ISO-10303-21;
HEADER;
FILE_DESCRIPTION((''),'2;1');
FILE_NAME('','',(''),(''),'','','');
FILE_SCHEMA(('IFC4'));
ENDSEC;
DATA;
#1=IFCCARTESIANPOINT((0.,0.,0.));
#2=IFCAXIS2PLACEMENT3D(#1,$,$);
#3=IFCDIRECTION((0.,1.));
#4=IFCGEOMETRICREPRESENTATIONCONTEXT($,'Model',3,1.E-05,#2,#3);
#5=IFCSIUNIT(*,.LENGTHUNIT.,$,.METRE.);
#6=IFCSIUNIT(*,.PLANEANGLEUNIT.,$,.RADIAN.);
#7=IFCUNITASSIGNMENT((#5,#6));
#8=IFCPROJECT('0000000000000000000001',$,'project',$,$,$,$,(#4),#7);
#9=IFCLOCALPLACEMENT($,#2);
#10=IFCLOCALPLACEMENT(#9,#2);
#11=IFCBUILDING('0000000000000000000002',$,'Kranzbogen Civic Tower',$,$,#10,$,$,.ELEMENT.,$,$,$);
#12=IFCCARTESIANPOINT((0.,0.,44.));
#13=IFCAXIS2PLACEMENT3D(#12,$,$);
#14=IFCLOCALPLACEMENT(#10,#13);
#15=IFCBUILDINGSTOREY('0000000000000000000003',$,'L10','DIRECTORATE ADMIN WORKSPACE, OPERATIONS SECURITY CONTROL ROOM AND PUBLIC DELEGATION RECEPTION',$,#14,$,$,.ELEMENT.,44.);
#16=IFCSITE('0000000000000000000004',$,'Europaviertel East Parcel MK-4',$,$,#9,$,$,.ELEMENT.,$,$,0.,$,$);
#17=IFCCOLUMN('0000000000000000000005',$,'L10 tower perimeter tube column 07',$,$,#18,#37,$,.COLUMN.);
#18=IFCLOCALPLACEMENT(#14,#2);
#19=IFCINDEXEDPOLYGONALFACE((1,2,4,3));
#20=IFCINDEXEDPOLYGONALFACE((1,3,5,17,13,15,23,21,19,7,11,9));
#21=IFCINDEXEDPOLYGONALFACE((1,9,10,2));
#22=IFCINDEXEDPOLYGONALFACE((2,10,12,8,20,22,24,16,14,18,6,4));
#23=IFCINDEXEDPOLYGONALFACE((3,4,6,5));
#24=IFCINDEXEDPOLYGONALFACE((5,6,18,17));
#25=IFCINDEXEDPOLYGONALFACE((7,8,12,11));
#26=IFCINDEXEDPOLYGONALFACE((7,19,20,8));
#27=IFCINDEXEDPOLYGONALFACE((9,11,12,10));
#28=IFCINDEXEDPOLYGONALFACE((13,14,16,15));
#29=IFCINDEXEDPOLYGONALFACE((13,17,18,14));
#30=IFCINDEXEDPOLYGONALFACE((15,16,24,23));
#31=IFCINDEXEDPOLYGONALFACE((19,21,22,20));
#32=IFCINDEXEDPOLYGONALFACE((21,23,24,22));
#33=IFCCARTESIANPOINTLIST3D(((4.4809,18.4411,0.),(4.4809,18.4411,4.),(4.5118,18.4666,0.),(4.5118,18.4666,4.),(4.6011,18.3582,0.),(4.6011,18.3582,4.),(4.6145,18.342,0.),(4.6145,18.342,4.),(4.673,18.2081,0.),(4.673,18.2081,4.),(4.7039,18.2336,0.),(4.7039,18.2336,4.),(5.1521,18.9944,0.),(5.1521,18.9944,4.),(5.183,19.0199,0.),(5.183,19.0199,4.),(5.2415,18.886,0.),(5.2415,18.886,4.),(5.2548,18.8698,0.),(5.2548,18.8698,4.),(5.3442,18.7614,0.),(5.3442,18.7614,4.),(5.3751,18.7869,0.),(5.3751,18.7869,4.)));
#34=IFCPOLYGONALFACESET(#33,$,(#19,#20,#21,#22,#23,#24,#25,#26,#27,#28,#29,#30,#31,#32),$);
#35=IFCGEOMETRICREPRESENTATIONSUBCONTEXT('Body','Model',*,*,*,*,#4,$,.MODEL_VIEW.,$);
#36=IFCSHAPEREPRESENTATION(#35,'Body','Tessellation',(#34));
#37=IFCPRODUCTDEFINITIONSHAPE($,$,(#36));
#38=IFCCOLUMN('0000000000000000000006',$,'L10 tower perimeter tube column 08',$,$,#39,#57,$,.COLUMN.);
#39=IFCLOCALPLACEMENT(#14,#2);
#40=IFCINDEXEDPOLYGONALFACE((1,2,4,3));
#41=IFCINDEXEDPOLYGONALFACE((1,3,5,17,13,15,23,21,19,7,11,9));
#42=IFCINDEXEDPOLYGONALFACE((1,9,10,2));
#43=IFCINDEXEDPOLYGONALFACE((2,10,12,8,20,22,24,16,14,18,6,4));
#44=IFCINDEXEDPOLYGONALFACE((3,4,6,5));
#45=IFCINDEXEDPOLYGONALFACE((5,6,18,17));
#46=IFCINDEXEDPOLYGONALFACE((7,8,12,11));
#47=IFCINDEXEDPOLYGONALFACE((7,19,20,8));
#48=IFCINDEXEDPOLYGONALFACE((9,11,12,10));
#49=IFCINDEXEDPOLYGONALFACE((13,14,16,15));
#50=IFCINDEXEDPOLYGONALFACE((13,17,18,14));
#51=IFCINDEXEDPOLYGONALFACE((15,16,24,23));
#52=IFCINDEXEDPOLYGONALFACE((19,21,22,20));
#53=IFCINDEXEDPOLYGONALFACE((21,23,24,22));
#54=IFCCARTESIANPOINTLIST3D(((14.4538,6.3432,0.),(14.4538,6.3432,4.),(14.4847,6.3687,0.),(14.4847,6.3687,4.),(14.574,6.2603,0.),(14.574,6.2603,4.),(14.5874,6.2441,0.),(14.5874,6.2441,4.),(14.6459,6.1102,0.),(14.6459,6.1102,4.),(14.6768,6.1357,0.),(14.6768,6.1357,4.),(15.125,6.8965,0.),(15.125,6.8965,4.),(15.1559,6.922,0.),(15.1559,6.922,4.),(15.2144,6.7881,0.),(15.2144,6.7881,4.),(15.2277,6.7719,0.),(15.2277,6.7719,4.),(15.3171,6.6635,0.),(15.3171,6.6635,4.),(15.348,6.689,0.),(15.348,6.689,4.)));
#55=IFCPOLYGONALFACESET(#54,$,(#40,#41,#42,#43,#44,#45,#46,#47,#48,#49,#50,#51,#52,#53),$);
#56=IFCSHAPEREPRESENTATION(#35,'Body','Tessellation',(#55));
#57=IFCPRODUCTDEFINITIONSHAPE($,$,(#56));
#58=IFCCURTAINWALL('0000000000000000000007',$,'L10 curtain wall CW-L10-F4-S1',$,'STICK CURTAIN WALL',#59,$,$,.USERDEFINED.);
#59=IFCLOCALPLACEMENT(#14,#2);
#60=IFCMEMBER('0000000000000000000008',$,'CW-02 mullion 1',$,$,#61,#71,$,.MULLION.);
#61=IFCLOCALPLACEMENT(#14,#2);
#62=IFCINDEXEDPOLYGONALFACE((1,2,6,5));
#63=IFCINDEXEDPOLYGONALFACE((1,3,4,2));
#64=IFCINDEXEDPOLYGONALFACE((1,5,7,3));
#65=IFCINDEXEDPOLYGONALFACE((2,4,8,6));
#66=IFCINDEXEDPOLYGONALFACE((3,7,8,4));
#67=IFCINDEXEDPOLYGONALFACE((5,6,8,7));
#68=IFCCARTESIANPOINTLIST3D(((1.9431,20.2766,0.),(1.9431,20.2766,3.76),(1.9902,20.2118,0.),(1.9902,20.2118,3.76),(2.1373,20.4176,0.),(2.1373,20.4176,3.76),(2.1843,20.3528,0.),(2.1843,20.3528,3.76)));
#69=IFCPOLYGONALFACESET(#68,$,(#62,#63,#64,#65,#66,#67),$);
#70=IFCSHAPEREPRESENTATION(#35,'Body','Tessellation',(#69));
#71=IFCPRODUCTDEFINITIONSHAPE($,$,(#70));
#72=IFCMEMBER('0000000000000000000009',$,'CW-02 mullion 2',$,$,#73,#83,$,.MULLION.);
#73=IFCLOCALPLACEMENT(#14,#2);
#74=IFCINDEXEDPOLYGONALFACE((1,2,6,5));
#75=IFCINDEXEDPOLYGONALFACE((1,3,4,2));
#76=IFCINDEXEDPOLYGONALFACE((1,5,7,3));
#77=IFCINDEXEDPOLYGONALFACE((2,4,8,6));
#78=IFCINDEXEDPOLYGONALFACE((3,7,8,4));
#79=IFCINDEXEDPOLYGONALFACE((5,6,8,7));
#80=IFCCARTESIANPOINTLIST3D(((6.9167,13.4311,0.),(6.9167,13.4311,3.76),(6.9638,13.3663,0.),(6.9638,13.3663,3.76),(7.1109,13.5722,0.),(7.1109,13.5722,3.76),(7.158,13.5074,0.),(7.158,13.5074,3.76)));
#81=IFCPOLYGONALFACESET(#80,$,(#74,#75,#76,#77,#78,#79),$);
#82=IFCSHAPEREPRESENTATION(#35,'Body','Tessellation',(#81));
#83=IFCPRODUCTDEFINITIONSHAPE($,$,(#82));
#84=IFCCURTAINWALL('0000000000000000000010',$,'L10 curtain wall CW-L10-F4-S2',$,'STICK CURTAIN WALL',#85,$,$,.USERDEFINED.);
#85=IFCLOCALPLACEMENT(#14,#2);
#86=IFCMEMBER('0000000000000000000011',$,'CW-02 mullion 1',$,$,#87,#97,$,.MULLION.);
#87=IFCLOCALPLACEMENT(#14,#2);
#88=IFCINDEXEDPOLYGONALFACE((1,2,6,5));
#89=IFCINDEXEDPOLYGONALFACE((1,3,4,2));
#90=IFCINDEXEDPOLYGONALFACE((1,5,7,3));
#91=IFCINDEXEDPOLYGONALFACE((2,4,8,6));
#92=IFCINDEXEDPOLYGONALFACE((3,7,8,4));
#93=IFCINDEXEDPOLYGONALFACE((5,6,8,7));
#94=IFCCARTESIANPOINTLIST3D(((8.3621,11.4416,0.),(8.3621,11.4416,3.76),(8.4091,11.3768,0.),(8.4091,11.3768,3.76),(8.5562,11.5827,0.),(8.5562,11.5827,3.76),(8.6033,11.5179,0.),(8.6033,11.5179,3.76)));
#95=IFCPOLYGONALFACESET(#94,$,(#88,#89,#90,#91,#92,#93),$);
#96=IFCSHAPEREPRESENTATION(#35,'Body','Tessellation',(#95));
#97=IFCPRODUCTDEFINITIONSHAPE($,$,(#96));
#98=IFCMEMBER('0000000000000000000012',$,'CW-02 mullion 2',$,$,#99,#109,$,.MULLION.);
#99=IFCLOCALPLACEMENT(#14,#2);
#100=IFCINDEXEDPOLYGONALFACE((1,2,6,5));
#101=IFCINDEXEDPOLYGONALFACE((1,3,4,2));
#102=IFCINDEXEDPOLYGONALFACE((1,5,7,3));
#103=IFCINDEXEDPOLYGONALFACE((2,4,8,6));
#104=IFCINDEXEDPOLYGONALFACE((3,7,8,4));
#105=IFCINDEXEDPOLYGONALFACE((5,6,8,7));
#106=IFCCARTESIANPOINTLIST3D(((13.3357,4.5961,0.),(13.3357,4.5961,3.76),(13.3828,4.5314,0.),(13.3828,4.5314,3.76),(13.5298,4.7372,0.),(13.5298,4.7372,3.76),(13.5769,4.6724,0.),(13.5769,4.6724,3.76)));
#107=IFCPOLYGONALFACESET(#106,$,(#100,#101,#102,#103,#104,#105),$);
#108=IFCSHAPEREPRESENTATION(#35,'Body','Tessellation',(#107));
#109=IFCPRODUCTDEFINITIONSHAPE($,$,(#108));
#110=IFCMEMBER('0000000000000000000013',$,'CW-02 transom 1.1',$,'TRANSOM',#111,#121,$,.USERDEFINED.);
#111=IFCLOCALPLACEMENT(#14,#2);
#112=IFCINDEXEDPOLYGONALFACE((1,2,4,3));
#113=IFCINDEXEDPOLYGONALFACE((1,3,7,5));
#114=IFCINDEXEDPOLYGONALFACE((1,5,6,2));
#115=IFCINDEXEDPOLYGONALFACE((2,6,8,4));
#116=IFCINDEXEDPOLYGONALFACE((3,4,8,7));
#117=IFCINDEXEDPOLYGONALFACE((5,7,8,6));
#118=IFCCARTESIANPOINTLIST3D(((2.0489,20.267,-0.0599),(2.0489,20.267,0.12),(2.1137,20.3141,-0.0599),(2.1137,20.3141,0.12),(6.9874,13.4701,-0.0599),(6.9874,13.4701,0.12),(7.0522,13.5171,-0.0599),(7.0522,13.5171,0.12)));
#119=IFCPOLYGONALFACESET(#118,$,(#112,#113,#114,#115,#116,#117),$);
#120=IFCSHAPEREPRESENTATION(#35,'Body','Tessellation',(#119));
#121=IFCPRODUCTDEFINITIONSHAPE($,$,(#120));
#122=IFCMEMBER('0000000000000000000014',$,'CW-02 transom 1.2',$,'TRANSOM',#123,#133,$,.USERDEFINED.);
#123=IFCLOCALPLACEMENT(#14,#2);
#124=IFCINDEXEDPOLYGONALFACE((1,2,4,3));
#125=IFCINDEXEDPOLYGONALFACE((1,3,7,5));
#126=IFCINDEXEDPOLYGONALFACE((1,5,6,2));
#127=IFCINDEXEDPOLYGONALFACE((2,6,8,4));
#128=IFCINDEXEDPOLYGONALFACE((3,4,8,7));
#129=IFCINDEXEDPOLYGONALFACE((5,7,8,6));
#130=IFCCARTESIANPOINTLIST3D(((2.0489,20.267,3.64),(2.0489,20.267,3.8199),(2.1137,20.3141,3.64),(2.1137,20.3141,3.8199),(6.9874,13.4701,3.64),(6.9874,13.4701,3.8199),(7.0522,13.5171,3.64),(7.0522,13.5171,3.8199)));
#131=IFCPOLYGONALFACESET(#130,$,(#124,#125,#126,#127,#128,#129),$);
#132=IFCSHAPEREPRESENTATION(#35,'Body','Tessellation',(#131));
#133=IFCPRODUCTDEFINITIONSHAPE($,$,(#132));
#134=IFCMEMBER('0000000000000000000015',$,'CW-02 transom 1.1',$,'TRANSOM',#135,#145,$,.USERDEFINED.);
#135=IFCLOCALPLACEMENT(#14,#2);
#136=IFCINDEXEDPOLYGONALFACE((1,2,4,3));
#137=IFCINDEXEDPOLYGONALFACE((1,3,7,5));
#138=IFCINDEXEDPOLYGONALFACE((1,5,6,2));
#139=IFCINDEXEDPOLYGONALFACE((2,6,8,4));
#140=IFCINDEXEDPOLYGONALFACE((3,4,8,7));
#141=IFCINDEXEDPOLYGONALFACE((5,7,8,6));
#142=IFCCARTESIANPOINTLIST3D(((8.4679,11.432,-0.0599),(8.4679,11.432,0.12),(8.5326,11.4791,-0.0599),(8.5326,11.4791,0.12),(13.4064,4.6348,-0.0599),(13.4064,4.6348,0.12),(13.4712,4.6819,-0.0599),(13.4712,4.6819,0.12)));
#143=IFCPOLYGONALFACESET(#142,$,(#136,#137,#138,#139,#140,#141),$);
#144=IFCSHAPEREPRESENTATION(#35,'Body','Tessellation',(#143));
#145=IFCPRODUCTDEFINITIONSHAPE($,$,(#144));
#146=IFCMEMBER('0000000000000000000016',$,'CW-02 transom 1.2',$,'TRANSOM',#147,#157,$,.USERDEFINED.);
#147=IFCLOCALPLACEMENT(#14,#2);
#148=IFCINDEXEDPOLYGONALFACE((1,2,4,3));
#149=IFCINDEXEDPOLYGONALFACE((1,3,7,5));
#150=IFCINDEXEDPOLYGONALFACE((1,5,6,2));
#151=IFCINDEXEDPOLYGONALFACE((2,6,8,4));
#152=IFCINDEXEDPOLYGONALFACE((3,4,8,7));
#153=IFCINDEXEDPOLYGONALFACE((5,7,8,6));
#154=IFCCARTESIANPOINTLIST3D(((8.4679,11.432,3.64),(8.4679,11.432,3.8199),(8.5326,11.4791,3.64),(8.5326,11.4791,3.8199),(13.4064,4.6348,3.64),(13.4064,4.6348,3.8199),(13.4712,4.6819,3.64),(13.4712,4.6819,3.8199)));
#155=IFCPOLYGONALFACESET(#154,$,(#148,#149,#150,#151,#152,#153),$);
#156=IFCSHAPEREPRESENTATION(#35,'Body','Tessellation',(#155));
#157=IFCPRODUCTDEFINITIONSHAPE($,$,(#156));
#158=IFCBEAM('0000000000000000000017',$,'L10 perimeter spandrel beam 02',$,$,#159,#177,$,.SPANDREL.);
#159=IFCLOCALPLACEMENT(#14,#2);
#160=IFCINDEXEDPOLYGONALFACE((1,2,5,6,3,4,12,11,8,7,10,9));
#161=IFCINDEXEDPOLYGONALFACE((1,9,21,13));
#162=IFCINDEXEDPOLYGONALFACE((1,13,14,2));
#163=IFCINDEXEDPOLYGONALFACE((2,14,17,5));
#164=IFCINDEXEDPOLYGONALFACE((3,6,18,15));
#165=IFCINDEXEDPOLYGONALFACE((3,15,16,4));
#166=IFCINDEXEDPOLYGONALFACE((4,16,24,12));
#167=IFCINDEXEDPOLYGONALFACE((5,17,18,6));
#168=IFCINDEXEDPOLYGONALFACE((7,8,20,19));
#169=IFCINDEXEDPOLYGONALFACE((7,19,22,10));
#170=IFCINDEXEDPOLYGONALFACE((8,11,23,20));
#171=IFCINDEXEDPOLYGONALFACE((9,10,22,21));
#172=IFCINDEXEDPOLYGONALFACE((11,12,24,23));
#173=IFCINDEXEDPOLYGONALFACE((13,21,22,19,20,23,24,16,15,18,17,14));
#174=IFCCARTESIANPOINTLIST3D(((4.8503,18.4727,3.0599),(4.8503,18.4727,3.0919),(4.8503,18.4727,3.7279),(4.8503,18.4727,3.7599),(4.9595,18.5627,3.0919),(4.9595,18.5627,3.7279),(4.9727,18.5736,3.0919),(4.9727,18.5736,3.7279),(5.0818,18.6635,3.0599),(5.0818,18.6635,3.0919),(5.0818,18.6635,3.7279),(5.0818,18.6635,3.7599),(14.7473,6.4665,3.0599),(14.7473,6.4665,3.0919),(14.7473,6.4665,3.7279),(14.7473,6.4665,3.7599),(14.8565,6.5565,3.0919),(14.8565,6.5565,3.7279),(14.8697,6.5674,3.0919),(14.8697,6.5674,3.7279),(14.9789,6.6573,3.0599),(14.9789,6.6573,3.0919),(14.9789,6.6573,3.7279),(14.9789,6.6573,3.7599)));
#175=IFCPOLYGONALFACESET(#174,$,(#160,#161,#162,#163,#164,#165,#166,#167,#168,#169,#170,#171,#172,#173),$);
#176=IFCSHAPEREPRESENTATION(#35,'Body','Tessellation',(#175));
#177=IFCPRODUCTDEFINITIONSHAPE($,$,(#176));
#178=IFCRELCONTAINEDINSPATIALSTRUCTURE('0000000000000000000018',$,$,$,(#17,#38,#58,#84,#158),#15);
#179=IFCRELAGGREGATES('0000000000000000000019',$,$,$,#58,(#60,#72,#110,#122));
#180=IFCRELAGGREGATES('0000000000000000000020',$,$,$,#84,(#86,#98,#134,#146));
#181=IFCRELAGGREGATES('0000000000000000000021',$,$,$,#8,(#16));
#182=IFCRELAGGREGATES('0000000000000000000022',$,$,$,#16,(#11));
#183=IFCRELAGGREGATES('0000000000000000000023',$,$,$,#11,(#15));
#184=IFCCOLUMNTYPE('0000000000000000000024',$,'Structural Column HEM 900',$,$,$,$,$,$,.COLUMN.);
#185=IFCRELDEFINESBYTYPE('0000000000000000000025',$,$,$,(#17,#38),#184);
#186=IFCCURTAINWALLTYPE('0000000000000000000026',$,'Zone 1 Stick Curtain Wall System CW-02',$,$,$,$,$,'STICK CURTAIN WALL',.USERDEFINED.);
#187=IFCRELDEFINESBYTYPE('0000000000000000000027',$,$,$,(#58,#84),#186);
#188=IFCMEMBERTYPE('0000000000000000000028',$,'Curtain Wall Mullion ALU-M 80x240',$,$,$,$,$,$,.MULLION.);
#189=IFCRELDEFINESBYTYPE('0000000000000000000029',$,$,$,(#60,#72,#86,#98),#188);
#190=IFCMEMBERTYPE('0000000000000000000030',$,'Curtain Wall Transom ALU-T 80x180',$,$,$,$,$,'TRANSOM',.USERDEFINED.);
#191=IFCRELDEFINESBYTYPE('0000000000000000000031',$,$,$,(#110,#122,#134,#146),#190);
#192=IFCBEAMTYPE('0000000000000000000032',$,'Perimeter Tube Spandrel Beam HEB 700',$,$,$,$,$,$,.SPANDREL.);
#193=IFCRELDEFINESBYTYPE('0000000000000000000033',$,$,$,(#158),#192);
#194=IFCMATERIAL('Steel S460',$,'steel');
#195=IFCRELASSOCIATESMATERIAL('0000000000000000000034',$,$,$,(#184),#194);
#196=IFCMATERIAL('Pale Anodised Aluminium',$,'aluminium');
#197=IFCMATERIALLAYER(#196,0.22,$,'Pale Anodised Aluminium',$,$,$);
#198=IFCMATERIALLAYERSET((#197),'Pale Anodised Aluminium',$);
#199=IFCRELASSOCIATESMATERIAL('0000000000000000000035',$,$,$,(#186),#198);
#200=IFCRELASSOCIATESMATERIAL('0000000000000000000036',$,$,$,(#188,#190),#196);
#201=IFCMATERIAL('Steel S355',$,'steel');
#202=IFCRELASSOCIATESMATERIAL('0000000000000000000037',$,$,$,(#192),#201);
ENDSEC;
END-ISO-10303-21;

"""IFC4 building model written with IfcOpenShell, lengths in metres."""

from ifc_helpers import new_model, si_unit, direction, frame, origin, origin_2d, place, context, subcontext, project, spatial, rectangle, i_section, extrude, material, layer, layer_set, material_profile, profile_set, type_object, element, aggregate, save


model = new_model("IFC4")

# Units and contexts
model_context = context("Model", 3, precision=1e-05, world=origin(), true_north=direction((0.0, 1.0)))
body_context = subcontext(model_context, "Body", "Model", "MODEL_VIEW")
ifc_project = project(units=[si_unit("LENGTHUNIT", "METRE"), si_unit("PLANEANGLEUNIT", "RADIAN")], contexts=[model_context])

# Site, building, storey
site_placement = place(None, origin())
site = spatial("IfcSite", under=ifc_project, at=site_placement, Name="Europaviertel East Parcel MK-4", CompositionType="ELEMENT", RefElevation=0.0)
building_placement = place(site_placement, origin())
building = spatial("IfcBuilding", under=site, at=building_placement, Name="Kranzbogen Civic Tower", CompositionType="ELEMENT")
storey_placement = place(building_placement, frame((0.0, 0.0, 44.0)))
storey = spatial("IfcBuildingStorey", under=building, at=storey_placement, Name="L10", Description="DIRECTORATE ADMIN WORKSPACE, OPERATIONS SECURITY CONTROL ROOM AND PUBLIC DELEGATION RECEPTION", CompositionType="ELEMENT", Elevation=44.0)

# Columns
ifc_material_1 = material(Name="Steel S460", Category="steel")
ifc_material_profile_1 = material_profile(ifc_material_1, i_section(OverallWidth=0.302, OverallDepth=0.9099, WebThickness=0.021, FlangeThickness=0.04, at=origin_2d()), Name="HEM 900")
ifc_profile_set_1 = profile_set([ifc_material_profile_1], Name="Steel S460")
column_type = type_object("IfcColumnType", Name="Structural Column HEM 900", PredefinedType="COLUMN", material=ifc_profile_set_1)
for number, where, z_axis, x_axis, name in (
    (1, (4.928, 18.614, 0.0), (0.0, 0.0, 1.0), (-0.636078, 0.771625, 0.0), "L10 tower perimeter tube column 07"),
    (2, (14.9009, 6.5161, 0.0), (0.0, 0.0, 1.0), (-0.636078, 0.771625, 0.0), "L10 tower perimeter tube column 08"),
):
    element("IfcColumn", number, at=place(storey_placement, frame(where, z_axis=z_axis, x_axis=x_axis)), inside=storey, type_object=column_type, Name=name, PredefinedType="COLUMN", context=body_context, shape_type="SweptSolid", body=[
        extrude(i_section(OverallWidth=0.302, OverallDepth=0.9099, WebThickness=0.021, FlangeThickness=0.04, at=origin_2d()), origin(), (0.0, 0.0, 1.0), 4.0),
    ])

# Curtain walls, members
ifc_material_2 = material(Name="Pale Anodised Aluminium", Category="aluminium")
ifc_layer_1 = layer(ifc_material_2, 0.22, Name="Pale Anodised Aluminium")
ifc_layer_set_1 = layer_set([ifc_layer_1], Name="Pale Anodised Aluminium")
curtain_wall_type = type_object("IfcCurtainWallType", Name="Zone 1 Stick Curtain Wall System CW-02", ElementType="STICK CURTAIN WALL", PredefinedType="USERDEFINED", material=ifc_layer_set_1)
curtain_wall_1_placement = place(storey_placement, origin())
curtain_wall_1 = element("IfcCurtainWall", 3, at=curtain_wall_1_placement, inside=storey, type_object=curtain_wall_type, Name="L10 curtain wall CW-L10-F4-S1", ObjectType="STICK CURTAIN WALL", PredefinedType="USERDEFINED")
ifc_material_profile_2 = material_profile(ifc_material_2, rectangle(XDim=0.0801, YDim=0.24, at=origin_2d()), Name="ALU-M 80x240")
ifc_profile_set_2 = profile_set([ifc_material_profile_2], Name="Pale Anodised Aluminium")
member_type_1 = type_object("IfcMemberType", Name="Curtain Wall Mullion ALU-M 80x240", PredefinedType="MULLION", material=ifc_profile_set_2)
member_1_placement = place(storey_placement, frame((2.0637, 20.3147, 0.0), z_axis=(0.0, 0.0, 1.0), x_axis=(0.587802, -0.809005, 0.0)))
member_1 = element("IfcMember", 4, at=member_1_placement, type_object=member_type_1, Name="CW-02 mullion 1", PredefinedType="MULLION", context=body_context, shape_type="SweptSolid", body=[
    extrude(rectangle(XDim=0.0801, YDim=0.24, at=origin_2d()), origin(), (0.0, 0.0, 1.0), 3.76),
])
member_2_placement = place(storey_placement, frame((7.0374, 13.4692, 0.0), z_axis=(0.0, 0.0, 1.0), x_axis=(0.587802, -0.809005, 0.0)))
member_2 = element("IfcMember", 5, at=member_2_placement, type_object=member_type_1, Name="CW-02 mullion 2", PredefinedType="MULLION", context=body_context, shape_type="SweptSolid", body=[
    extrude(rectangle(XDim=0.0801, YDim=0.24, at=origin_2d()), origin(), (0.0, 0.0, 1.0), 3.76),
])
curtain_wall_2_placement = place(storey_placement, origin())
curtain_wall_2 = element("IfcCurtainWall", 6, at=curtain_wall_2_placement, inside=storey, type_object=curtain_wall_type, Name="L10 curtain wall CW-L10-F4-S2", ObjectType="STICK CURTAIN WALL", PredefinedType="USERDEFINED")
member_3_placement = place(storey_placement, frame((8.4827, 11.4797, 0.0), z_axis=(0.0, 0.0, 1.0), x_axis=(0.587802, -0.809005, 0.0)))
member_3 = element("IfcMember", 7, at=member_3_placement, type_object=member_type_1, Name="CW-02 mullion 1", PredefinedType="MULLION", context=body_context, shape_type="SweptSolid", body=[
    extrude(rectangle(XDim=0.0801, YDim=0.24, at=origin_2d()), origin(), (0.0, 0.0, 1.0), 3.76),
])
member_4_placement = place(storey_placement, frame((13.4563, 4.6343, 0.0), z_axis=(0.0, 0.0, 1.0), x_axis=(0.587802, -0.809005, 0.0)))
member_4 = element("IfcMember", 8, at=member_4_placement, type_object=member_type_1, Name="CW-02 mullion 2", PredefinedType="MULLION", context=body_context, shape_type="SweptSolid", body=[
    extrude(rectangle(XDim=0.0801, YDim=0.24, at=origin_2d()), origin(), (0.0, 0.0, 1.0), 3.76),
])

# Members
ifc_material_profile_3 = material_profile(ifc_material_2, rectangle(XDim=0.0801, YDim=0.1799, at=origin_2d()), Name="ALU-T 80x180")
ifc_profile_set_3 = profile_set([ifc_material_profile_3], Name="Pale Anodised Aluminium")
member_type_2 = type_object("IfcMemberType", Name="Curtain Wall Transom ALU-T 80x180", ElementType="TRANSOM", PredefinedType="USERDEFINED", material=ifc_profile_set_3)
member_5_placement = place(storey_placement, frame((2.0813, 20.2905, 0.03), z_axis=(0.587805, -0.809002, 0.0), x_axis=(0.809002, 0.587805, 0.0)))
member_5 = element("IfcMember", 9, at=member_5_placement, type_object=member_type_2, Name="CW-02 transom 1.1", ObjectType="TRANSOM", PredefinedType="USERDEFINED", context=body_context, shape_type="SweptSolid", body=[
    extrude(rectangle(XDim=0.0801, YDim=0.1799, at=origin_2d()), origin(), (0.0, 0.0, 1.0), 8.4016),
])
member_6_placement = place(storey_placement, frame((2.0813, 20.2905, 3.73), z_axis=(0.587805, -0.809002, 0.0), x_axis=(0.809002, 0.587805, 0.0)))
member_6 = element("IfcMember", 10, at=member_6_placement, type_object=member_type_2, Name="CW-02 transom 1.2", ObjectType="TRANSOM", PredefinedType="USERDEFINED", context=body_context, shape_type="SweptSolid", body=[
    extrude(rectangle(XDim=0.0801, YDim=0.1799, at=origin_2d()), origin(), (0.0, 0.0, 1.0), 8.4016),
])
member_7_placement = place(storey_placement, frame((8.5002, 11.4556, 0.03), z_axis=(0.587792, -0.809012, 0.0), x_axis=(0.809012, 0.587792, 0.0)))
member_7 = element("IfcMember", 11, at=member_7_placement, type_object=member_type_2, Name="CW-02 transom 1.1", ObjectType="TRANSOM", PredefinedType="USERDEFINED", context=body_context, shape_type="SweptSolid", body=[
    extrude(rectangle(XDim=0.0801, YDim=0.1799, at=origin_2d()), origin(), (0.0, 0.0, 1.0), 8.4019),
])
member_8_placement = place(storey_placement, frame((8.5002, 11.4556, 3.73), z_axis=(0.587792, -0.809012, 0.0), x_axis=(0.809012, 0.587792, 0.0)))
member_8 = element("IfcMember", 12, at=member_8_placement, type_object=member_type_2, Name="CW-02 transom 1.2", ObjectType="TRANSOM", PredefinedType="USERDEFINED", context=body_context, shape_type="SweptSolid", body=[
    extrude(rectangle(XDim=0.0801, YDim=0.1799, at=origin_2d()), origin(), (0.0, 0.0, 1.0), 8.4019),
])

# Beam
ifc_material_3 = material(Name="Steel S355", Category="steel")
ifc_material_profile_4 = material_profile(ifc_material_3, i_section(OverallWidth=0.3, OverallDepth=0.7, WebThickness=0.0171, FlangeThickness=0.032, at=origin_2d()), Name="HEB 700")
ifc_profile_set_4 = profile_set([ifc_material_profile_4], Name="Steel S355")
beam_type_1 = type_object("IfcBeamType", Name="Perimeter Tube Spandrel Beam HEB 700", PredefinedType="SPANDREL", material=ifc_profile_set_4)
beam_1_placement = place(storey_placement, frame((4.9661, 18.5681, 3.4099), z_axis=(0.636075, -0.771628, 0.0), x_axis=(0.771628, 0.636075, 0.0)))
element("IfcBeam", 13, at=beam_1_placement, inside=storey, type_object=beam_type_1, Name="L10 perimeter spandrel beam 02", PredefinedType="SPANDREL", context=body_context, shape_type="SweptSolid", body=[
    extrude(i_section(OverallWidth=0.3, OverallDepth=0.7, WebThickness=0.0171, FlangeThickness=0.032, at=origin_2d()), origin(), (0.0, 0.0, 1.0), 15.5596),
])

aggregate(curtain_wall_1, [member_1, member_2, member_5, member_6])
aggregate(curtain_wall_2, [member_3, member_4, member_7, member_8])

save(model, "model.ifc")
